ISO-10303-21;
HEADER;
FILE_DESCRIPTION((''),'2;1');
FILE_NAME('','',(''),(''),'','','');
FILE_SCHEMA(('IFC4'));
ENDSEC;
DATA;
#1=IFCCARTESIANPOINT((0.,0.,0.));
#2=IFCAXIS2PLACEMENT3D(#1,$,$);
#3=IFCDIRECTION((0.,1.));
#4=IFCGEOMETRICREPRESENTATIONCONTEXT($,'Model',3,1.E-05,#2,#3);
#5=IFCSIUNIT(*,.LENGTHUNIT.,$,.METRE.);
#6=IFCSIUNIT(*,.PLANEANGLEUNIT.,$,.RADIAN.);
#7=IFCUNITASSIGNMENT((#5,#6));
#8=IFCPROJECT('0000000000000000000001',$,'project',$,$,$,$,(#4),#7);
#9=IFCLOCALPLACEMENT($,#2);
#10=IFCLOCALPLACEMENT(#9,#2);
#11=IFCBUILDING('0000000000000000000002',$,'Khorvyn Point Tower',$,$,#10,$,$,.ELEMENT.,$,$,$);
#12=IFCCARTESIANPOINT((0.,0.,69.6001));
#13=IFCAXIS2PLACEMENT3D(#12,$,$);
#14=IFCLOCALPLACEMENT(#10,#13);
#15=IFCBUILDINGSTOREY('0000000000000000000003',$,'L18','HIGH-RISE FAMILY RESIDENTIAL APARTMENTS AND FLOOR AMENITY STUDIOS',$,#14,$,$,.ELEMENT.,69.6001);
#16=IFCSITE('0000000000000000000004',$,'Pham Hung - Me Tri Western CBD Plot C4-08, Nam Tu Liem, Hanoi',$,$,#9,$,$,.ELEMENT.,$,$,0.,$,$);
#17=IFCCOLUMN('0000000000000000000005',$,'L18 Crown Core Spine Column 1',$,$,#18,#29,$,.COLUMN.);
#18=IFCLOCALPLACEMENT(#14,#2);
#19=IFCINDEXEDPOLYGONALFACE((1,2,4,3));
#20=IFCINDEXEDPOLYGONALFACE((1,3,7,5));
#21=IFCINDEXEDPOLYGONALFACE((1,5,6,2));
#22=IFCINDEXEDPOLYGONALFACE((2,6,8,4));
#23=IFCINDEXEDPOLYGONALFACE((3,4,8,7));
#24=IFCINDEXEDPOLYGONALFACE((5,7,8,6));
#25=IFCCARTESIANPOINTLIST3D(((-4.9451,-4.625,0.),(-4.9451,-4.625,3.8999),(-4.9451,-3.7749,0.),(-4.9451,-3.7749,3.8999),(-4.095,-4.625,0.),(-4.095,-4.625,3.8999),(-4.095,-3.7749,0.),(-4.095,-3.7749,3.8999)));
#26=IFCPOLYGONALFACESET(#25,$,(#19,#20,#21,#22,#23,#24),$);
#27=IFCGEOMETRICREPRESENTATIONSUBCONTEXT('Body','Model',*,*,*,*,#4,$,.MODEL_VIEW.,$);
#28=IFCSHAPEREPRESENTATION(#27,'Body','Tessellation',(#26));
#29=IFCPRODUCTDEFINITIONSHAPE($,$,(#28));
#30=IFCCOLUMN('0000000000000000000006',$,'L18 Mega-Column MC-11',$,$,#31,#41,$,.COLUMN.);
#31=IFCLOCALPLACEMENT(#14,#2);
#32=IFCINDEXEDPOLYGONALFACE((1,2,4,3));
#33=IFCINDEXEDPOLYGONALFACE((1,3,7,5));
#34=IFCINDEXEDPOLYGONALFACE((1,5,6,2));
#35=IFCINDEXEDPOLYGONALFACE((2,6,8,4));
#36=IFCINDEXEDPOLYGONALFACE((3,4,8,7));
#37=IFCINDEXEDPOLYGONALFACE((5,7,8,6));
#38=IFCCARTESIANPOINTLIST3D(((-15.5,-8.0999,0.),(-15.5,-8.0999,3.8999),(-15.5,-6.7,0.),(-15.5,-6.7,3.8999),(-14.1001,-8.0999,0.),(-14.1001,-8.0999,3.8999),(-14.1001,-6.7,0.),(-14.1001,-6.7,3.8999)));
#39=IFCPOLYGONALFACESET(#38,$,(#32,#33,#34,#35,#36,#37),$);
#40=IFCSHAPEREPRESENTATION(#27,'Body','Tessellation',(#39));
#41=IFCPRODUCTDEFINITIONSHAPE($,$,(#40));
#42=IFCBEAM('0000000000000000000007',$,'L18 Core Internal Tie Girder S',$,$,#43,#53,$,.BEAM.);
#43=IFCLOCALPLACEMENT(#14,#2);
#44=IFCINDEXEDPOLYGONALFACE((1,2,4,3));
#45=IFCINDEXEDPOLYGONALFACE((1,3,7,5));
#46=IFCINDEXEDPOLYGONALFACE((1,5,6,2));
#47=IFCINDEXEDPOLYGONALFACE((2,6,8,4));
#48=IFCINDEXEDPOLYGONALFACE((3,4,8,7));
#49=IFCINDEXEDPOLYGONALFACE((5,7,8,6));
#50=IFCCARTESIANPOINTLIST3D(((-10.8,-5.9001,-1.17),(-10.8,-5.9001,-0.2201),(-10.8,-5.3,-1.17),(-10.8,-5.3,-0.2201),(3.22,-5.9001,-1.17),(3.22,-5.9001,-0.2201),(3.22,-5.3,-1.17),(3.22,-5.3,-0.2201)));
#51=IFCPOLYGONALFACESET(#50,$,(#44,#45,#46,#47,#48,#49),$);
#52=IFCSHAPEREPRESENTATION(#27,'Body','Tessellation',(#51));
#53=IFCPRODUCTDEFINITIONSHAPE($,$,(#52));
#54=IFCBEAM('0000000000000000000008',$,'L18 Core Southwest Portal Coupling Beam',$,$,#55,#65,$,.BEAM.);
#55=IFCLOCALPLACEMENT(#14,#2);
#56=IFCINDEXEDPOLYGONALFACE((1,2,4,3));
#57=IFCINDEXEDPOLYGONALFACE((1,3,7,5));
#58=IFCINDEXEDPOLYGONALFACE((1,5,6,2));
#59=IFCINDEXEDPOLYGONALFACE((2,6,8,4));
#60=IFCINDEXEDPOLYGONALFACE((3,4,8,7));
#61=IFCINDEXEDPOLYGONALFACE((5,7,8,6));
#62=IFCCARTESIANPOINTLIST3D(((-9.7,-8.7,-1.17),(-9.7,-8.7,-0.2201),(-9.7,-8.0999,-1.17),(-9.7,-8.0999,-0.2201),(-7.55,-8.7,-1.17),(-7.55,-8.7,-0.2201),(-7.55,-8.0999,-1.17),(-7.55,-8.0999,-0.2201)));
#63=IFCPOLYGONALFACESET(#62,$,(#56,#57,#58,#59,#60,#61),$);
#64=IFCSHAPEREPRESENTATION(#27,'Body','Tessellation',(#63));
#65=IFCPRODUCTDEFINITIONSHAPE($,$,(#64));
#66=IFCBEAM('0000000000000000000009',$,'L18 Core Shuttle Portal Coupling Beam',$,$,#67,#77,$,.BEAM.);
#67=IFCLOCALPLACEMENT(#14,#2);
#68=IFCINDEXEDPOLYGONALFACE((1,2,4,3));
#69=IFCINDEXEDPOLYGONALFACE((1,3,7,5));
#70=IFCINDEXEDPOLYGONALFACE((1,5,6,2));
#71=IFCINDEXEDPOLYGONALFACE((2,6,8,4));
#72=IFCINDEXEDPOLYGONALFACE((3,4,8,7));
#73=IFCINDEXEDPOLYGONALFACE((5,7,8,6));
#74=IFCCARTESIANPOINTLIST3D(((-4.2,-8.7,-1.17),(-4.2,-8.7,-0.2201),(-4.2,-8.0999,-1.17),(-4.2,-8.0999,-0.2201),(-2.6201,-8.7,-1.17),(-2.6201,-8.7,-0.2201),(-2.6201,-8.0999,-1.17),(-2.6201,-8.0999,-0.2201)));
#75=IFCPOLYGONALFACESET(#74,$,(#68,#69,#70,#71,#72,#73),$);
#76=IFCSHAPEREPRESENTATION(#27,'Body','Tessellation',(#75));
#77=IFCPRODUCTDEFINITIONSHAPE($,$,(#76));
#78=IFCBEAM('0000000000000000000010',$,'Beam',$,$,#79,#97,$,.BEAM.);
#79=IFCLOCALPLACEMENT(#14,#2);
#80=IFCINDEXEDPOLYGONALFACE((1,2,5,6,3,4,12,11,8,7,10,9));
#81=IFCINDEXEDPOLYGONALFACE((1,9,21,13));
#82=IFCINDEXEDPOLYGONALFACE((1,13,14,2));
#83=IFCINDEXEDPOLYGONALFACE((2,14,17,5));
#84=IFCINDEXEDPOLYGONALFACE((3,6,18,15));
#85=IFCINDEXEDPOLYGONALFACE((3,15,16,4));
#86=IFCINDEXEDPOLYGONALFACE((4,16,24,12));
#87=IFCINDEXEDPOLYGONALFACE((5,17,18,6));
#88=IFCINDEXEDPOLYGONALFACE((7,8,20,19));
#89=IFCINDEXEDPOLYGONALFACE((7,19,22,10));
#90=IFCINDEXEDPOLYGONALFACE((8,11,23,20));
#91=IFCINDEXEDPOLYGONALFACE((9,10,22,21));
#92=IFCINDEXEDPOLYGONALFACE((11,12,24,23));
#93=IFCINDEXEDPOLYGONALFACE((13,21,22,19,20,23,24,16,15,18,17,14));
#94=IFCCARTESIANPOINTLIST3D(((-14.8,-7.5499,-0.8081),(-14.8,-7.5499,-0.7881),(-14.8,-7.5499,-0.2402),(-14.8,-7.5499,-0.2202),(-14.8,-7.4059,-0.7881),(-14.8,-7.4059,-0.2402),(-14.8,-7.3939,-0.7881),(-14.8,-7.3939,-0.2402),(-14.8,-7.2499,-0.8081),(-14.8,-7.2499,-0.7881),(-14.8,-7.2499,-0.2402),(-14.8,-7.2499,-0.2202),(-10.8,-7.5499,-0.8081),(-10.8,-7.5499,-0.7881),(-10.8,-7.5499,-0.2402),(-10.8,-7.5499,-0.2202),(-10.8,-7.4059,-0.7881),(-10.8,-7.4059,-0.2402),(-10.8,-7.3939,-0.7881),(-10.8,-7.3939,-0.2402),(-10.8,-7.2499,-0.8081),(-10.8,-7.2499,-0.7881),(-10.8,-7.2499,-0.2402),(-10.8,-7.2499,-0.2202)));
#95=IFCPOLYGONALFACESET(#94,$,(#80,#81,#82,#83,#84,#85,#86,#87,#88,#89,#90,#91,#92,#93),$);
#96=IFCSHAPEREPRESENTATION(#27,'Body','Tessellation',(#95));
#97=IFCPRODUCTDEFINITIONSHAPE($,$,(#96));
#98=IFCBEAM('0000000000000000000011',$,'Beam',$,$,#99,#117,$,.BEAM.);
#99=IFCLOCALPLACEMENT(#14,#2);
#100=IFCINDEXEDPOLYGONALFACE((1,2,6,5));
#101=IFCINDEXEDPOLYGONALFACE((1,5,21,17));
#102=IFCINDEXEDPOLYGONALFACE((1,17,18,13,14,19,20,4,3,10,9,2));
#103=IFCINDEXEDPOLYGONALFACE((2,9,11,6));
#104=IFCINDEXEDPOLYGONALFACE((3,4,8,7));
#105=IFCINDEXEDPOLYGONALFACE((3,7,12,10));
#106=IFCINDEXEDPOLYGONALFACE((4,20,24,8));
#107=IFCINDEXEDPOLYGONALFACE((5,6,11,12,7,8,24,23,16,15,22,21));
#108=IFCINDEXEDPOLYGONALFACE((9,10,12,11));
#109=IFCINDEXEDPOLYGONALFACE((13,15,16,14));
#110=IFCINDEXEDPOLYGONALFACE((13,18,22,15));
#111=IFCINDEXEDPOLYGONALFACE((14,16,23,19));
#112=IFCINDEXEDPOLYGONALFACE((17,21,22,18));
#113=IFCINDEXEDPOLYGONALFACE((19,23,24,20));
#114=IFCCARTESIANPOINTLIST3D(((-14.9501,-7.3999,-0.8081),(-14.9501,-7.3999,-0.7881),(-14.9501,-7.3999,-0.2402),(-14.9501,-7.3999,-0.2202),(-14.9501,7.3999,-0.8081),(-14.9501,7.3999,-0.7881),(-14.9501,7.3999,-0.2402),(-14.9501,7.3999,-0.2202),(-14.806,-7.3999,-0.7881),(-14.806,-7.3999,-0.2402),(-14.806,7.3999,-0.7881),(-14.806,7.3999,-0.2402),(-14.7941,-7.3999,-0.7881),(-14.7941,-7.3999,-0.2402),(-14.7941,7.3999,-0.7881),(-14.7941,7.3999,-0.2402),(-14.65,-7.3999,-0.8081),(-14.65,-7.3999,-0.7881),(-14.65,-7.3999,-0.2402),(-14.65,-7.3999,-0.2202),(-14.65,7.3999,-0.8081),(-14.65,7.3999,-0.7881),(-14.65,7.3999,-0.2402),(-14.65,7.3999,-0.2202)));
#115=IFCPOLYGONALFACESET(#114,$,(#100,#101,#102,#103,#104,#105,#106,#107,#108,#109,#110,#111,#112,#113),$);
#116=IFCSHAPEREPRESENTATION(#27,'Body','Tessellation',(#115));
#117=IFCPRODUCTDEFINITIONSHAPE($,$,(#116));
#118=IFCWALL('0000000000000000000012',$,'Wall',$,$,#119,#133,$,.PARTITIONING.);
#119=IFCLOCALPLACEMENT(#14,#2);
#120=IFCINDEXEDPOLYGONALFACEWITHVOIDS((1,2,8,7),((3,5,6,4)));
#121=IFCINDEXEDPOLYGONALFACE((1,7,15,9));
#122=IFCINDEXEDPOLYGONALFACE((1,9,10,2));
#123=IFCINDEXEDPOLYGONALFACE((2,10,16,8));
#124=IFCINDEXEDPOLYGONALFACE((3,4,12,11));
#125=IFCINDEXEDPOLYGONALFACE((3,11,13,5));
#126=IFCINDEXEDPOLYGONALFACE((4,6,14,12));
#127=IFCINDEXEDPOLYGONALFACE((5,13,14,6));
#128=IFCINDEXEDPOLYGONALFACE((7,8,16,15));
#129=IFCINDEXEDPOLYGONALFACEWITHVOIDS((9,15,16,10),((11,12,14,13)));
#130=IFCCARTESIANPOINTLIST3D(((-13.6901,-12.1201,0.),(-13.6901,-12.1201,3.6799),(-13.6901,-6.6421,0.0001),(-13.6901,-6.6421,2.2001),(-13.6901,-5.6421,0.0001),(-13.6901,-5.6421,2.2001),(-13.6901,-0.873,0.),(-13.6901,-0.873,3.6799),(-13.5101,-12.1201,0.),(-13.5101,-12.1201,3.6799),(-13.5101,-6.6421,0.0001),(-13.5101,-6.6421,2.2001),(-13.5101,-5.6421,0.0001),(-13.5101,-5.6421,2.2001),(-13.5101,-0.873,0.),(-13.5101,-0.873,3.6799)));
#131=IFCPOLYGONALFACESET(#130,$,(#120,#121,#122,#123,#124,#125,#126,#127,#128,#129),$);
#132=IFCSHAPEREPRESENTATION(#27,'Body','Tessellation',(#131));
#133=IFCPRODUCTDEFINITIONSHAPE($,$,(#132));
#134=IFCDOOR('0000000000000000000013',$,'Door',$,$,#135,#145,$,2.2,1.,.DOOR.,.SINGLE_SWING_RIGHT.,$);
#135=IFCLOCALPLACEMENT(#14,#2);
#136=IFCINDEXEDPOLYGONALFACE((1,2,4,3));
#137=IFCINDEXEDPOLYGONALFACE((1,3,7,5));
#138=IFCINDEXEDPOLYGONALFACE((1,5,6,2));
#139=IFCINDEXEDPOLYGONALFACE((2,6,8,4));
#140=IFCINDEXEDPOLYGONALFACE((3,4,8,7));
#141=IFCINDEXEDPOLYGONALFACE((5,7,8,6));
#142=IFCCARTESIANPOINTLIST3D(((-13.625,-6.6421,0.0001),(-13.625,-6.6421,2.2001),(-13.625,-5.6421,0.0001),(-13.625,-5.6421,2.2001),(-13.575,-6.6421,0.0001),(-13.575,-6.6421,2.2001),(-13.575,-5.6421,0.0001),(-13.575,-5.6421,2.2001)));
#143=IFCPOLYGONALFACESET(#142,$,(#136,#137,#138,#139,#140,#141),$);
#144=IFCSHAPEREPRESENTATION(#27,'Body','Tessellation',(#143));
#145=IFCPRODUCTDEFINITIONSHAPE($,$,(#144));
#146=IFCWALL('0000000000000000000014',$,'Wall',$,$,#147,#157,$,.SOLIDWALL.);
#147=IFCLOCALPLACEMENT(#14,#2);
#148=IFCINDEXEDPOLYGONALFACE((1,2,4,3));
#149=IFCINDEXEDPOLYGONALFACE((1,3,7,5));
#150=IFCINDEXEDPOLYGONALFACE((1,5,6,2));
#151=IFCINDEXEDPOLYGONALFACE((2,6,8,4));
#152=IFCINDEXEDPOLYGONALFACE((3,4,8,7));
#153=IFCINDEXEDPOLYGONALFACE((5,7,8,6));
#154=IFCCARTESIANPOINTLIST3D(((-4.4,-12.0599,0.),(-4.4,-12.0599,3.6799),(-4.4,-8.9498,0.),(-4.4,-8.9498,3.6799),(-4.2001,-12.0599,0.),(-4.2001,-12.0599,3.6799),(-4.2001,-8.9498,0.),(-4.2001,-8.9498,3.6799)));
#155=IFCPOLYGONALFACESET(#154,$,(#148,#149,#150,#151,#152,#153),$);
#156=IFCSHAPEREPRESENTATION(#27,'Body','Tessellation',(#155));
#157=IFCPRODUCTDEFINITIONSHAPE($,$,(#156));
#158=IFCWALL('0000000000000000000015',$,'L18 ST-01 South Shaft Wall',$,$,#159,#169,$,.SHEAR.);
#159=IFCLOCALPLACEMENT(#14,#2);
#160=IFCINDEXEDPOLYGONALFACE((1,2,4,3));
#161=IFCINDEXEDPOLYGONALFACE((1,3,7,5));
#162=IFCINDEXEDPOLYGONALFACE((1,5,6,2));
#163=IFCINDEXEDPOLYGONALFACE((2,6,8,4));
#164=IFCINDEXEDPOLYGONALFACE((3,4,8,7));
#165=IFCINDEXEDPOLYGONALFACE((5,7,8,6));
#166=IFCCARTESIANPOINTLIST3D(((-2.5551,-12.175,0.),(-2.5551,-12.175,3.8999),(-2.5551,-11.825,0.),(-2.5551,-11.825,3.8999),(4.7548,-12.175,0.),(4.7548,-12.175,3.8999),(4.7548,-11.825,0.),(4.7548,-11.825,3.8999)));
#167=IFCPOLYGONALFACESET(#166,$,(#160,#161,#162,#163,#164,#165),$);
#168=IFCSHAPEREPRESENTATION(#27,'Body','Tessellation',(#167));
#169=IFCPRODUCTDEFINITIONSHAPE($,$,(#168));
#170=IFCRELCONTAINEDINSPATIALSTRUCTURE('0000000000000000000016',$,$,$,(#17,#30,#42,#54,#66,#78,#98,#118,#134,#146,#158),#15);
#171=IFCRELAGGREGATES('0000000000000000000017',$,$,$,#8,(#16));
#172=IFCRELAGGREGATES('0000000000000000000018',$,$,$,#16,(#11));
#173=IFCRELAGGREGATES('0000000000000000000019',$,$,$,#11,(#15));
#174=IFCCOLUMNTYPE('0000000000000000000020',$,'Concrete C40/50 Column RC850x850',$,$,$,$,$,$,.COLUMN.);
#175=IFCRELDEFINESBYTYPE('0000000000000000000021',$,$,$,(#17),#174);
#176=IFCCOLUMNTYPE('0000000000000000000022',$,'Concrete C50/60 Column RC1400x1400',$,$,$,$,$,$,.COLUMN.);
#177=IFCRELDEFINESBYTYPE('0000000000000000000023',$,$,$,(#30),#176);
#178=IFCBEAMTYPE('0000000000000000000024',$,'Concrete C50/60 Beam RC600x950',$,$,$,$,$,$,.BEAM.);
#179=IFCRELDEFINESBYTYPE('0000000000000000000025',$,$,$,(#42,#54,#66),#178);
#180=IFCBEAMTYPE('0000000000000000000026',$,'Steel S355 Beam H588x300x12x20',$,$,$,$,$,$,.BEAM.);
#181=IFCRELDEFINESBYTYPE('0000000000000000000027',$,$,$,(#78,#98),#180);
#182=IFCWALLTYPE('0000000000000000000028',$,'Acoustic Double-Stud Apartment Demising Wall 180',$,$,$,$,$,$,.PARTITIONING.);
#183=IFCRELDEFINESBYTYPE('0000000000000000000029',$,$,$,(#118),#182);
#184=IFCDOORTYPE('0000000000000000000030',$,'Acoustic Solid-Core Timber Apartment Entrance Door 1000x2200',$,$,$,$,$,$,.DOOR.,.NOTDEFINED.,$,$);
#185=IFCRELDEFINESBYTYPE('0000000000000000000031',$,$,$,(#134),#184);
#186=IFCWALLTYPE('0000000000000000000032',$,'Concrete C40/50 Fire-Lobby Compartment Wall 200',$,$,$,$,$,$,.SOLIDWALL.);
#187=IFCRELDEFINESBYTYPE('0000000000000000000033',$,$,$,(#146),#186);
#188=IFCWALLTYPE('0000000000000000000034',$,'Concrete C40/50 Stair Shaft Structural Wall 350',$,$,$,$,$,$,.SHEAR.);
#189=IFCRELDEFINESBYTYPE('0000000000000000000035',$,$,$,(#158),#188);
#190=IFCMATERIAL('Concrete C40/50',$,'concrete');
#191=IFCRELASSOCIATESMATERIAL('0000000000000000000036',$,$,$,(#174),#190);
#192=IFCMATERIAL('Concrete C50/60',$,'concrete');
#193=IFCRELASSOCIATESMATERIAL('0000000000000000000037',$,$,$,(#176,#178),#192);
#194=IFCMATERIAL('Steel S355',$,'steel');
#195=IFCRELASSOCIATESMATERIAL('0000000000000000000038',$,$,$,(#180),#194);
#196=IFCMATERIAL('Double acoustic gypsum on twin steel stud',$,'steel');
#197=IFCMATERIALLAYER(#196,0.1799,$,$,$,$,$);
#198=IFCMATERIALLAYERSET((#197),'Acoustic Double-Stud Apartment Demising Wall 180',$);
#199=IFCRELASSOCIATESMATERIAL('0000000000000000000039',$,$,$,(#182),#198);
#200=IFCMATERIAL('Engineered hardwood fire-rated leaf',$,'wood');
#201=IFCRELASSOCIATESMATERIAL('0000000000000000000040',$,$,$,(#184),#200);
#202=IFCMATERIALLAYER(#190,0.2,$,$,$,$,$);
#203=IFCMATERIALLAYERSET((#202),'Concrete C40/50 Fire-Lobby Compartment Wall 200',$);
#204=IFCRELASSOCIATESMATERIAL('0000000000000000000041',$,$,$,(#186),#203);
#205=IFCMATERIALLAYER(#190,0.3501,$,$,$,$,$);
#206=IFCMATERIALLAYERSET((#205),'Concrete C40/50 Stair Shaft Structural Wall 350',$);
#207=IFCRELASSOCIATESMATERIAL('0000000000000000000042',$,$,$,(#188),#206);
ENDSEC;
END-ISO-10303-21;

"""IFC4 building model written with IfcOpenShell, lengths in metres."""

from ifc_helpers import new_model, si_unit, direction, frame, frame_2d, origin, origin_2d, place, context, subcontext, project, spatial, rectangle, i_section, extrude, material, layer, layer_set, material_profile, profile_set, type_object, element, fill, save


model = new_model("IFC4")

# Units and contexts
model_context = context("Model", 3, precision=1e-05, world=origin(), true_north=direction((0.0, 1.0)))
body_context = subcontext(model_context, "Body", "Model", "MODEL_VIEW")
ifc_project = project(units=[si_unit("LENGTHUNIT", "METRE"), si_unit("PLANEANGLEUNIT", "RADIAN")], contexts=[model_context])

# Site, building, storey
site_placement = place(None, origin())
site = spatial("IfcSite", under=ifc_project, at=site_placement, Name="Pham Hung - Me Tri Western CBD Plot C4-08, Nam Tu Liem, Hanoi", CompositionType="ELEMENT", RefElevation=0.0)
building_placement = place(site_placement, origin())
building = spatial("IfcBuilding", under=site, at=building_placement, Name="Khorvyn Point Tower", CompositionType="ELEMENT")
storey_placement = place(building_placement, frame((0.0, 0.0, 69.6001)))
storey = spatial("IfcBuildingStorey", under=building, at=storey_placement, Name="L18", Description="HIGH-RISE FAMILY RESIDENTIAL APARTMENTS AND FLOOR AMENITY STUDIOS", CompositionType="ELEMENT", Elevation=69.6001)

# Columns
ifc_material_1 = material(Name="Concrete C40/50", Category="concrete")
ifc_material_profile_1 = material_profile(ifc_material_1, rectangle(XDim=0.8501, YDim=0.8501, at=origin_2d()))
ifc_profile_set_1 = profile_set([ifc_material_profile_1], Name="Concrete C40/50 RC850x850")
column_type_1 = type_object("IfcColumnType", Name="Concrete C40/50 Column RC850x850", PredefinedType="COLUMN", material=ifc_profile_set_1)
column_1_placement = place(storey_placement, frame((-4.52, -4.2, 0.0), z_axis=(0.0, 0.0, 1.0), x_axis=(1.0, 0.0, 0.0)))
element("IfcColumn", 1, at=column_1_placement, inside=storey, type_object=column_type_1, Name="L18 Crown Core Spine Column 1", PredefinedType="COLUMN", context=body_context, shape_type="SweptSolid", body=[
    extrude(rectangle(XDim=0.8501, YDim=0.8501, at=origin_2d()), origin(), (0.0, 0.0, 1.0), 3.8999),
])
ifc_material_2 = material(Name="Concrete C50/60", Category="concrete")
ifc_material_profile_2 = material_profile(ifc_material_2, rectangle(XDim=1.3999, YDim=1.3999, at=origin_2d()))
ifc_profile_set_2 = profile_set([ifc_material_profile_2], Name="Concrete C50/60 RC1400x1400")
column_type_2 = type_object("IfcColumnType", Name="Concrete C50/60 Column RC1400x1400", PredefinedType="COLUMN", material=ifc_profile_set_2)
column_2_placement = place(storey_placement, frame((-14.8, -7.3999, 0.0), z_axis=(0.0, 0.0, 1.0), x_axis=(1.0, 0.0, 0.0)))
element("IfcColumn", 2, at=column_2_placement, inside=storey, type_object=column_type_2, Name="L18 Mega-Column MC-11", PredefinedType="COLUMN", context=body_context, shape_type="SweptSolid", body=[
    extrude(rectangle(XDim=1.3999, YDim=1.3999, at=origin_2d()), origin(), (0.0, 0.0, 1.0), 3.8999),
])

# Beams
ifc_material_profile_3 = material_profile(ifc_material_2, rectangle(XDim=0.6001, YDim=0.95, at=origin_2d()))
ifc_profile_set_3 = profile_set([ifc_material_profile_3], Name="Concrete C50/60 RC600x950")
beam_type_1 = type_object("IfcBeamType", Name="Concrete C50/60 Beam RC600x950", PredefinedType="BEAM", material=ifc_profile_set_3)
beam_1_placement = place(storey_placement, frame((-10.8, -5.6001, -0.6951), z_axis=(1.0, 0.0, 0.0), x_axis=(0.0, 1.0, 0.0)))
element("IfcBeam", 3, at=beam_1_placement, inside=storey, type_object=beam_type_1, Name="L18 Core Internal Tie Girder S", PredefinedType="BEAM", context=body_context, shape_type="SweptSolid", body=[
    extrude(rectangle(XDim=0.6001, YDim=0.95, at=origin_2d()), origin(), (0.0, 0.0, 1.0), 14.02),
])
beam_2_placement = place(storey_placement, frame((-9.7, -8.3999, -0.6951), z_axis=(1.0, 0.0, 0.0), x_axis=(0.0, 1.0, 0.0)))
element("IfcBeam", 4, at=beam_2_placement, inside=storey, type_object=beam_type_1, Name="L18 Core Southwest Portal Coupling Beam", PredefinedType="BEAM", context=body_context, shape_type="SweptSolid", body=[
    extrude(rectangle(XDim=0.6001, YDim=0.95, at=origin_2d()), origin(), (0.0, 0.0, 1.0), 2.1499),
])
beam_3_placement = place(storey_placement, frame((-4.2, -8.3999, -0.6951), z_axis=(1.0, 0.0, 0.0), x_axis=(0.0, 1.0, 0.0)))
element("IfcBeam", 5, at=beam_3_placement, inside=storey, type_object=beam_type_1, Name="L18 Core Shuttle Portal Coupling Beam", PredefinedType="BEAM", context=body_context, shape_type="SweptSolid", body=[
    extrude(rectangle(XDim=0.6001, YDim=0.95, at=origin_2d()), origin(), (0.0, 0.0, 1.0), 1.5798),
])
ifc_material_3 = material(Name="Steel S355", Category="steel")
ifc_material_profile_4 = material_profile(ifc_material_3, i_section(OverallWidth=0.3, OverallDepth=0.5879, WebThickness=0.012, FlangeThickness=0.02, at=origin_2d()))
ifc_profile_set_4 = profile_set([ifc_material_profile_4], Name="Steel S355 H588x300x12x20")
beam_type_2 = type_object("IfcBeamType", Name="Steel S355 Beam H588x300x12x20", PredefinedType="BEAM", material=ifc_profile_set_4)
beam_4_placement = place(storey_placement, frame((-14.8, -7.3999, -0.5142), z_axis=(1.0, 0.0, 0.0), x_axis=(0.0, 1.0, 0.0)))
element("IfcBeam", 6, at=beam_4_placement, inside=storey, type_object=beam_type_2, Name="Beam", PredefinedType="BEAM", context=body_context, shape_type="SweptSolid", body=[
    extrude(i_section(OverallWidth=0.3, OverallDepth=0.5879, WebThickness=0.012, FlangeThickness=0.02, at=origin_2d()), origin(), (0.0, 0.0, 1.0), 4.0),
])
beam_5_placement = place(storey_placement, frame((-14.8, -7.3999, -0.5142), z_axis=(0.0, 1.0, 0.0), x_axis=(-1.0, 0.0, 0.0)))
element("IfcBeam", 7, at=beam_5_placement, inside=storey, type_object=beam_type_2, Name="Beam", PredefinedType="BEAM", context=body_context, shape_type="SweptSolid", body=[
    extrude(i_section(OverallWidth=0.3, OverallDepth=0.5879, WebThickness=0.012, FlangeThickness=0.02, at=origin_2d()), origin(), (0.0, 0.0, 1.0), 14.7998),
])

# Wall, opening, door
ifc_material_4 = material(Name="Double acoustic gypsum on twin steel stud", Category="steel")
ifc_layer_1 = layer(ifc_material_4, 0.1799)
ifc_layer_set_1 = layer_set([ifc_layer_1], Name="Acoustic Double-Stud Apartment Demising Wall 180")
wall_type_1 = type_object("IfcWallType", Name="Acoustic Double-Stud Apartment Demising Wall 180", PredefinedType="PARTITIONING", material=ifc_layer_set_1)
wall_1_placement = place(storey_placement, frame((-13.6001, -12.1201, 0.0), z_axis=(0.0, 0.0, 1.0), x_axis=(0.0, 1.0, 0.0)))
wall_1 = element("IfcWall", 8, at=wall_1_placement, inside=storey, type_object=wall_type_1, Name="Wall", PredefinedType="PARTITIONING", context=body_context, shape_type="SweptSolid", body=[
    extrude(rectangle(XDim=11.2471, YDim=0.1799, at=frame_2d((5.6235, 0.0))), origin(), (0.0, 0.0, 1.0), 3.6799),
])
opening_1_placement = place(wall_1_placement, frame((5.478, 0.0, 0.0)))
opening_1 = element("IfcOpeningElement", 9, at=opening_1_placement, cuts=wall_1, PredefinedType="OPENING", context=body_context, shape_type="SweptSolid", body=[
    extrude(rectangle(XDim=1.0, YDim=2.2, at=frame_2d((0.5, 1.1001))), frame((0.0, 0.0999, 0.0), z_axis=(0.0, -1.0, 0.0), x_axis=(1.0, 0.0, 0.0)), (0.0, 0.0, 1.0), 0.2),
])
ifc_material_5 = material(Name="Engineered hardwood fire-rated leaf", Category="wood")
door_type_1 = type_object("IfcDoorType", Name="Acoustic Solid-Core Timber Apartment Entrance Door 1000x2200", OperationType="NOTDEFINED", PredefinedType="DOOR", material=ifc_material_5)
door_1_placement = place(opening_1_placement, origin())
door_1 = element("IfcDoor", 10, at=door_1_placement, inside=storey, type_object=door_type_1, Name="Door", OperationType="SINGLE_SWING_RIGHT", OverallHeight=2.2, OverallWidth=1.0, PredefinedType="DOOR", context=body_context, shape_type="SweptSolid", body=[
    extrude(rectangle(XDim=1.0, YDim=2.2, at=frame_2d((0.5, 1.1001))), frame((0.0, 0.0249, 0.0), z_axis=(0.0, -1.0, 0.0), x_axis=(1.0, 0.0, 0.0)), (0.0, 0.0, 1.0), 0.05),
])
fill(opening_1, door_1)
ifc_layer_2 = layer(ifc_material_1, 0.2)
ifc_layer_set_2 = layer_set([ifc_layer_2], Name="Concrete C40/50 Fire-Lobby Compartment Wall 200")
wall_type_2 = type_object("IfcWallType", Name="Concrete C40/50 Fire-Lobby Compartment Wall 200", PredefinedType="SOLIDWALL", material=ifc_layer_set_2)

# Walls
wall_2_placement = place(storey_placement, frame((-4.3, -12.0601, 0.0), z_axis=(0.0, 0.0, 1.0), x_axis=(0.0, 1.0, 0.0)))
element("IfcWall", 11, at=wall_2_placement, inside=storey, type_object=wall_type_2, Name="Wall", PredefinedType="SOLIDWALL", context=body_context, shape_type="SweptSolid", body=[
    extrude(rectangle(XDim=3.1101, YDim=0.2, at=frame_2d((1.5552, 0.0))), origin(), (0.0, 0.0, 1.0), 3.6799),
])
ifc_layer_3 = layer(ifc_material_1, 0.3501)
ifc_layer_set_3 = layer_set([ifc_layer_3], Name="Concrete C40/50 Stair Shaft Structural Wall 350")
wall_type_3 = type_object("IfcWallType", Name="Concrete C40/50 Stair Shaft Structural Wall 350", PredefinedType="SHEAR", material=ifc_layer_set_3)
wall_3_placement = place(storey_placement, frame((-2.5549, -12.0, 0.0), z_axis=(0.0, 0.0, 1.0), x_axis=(1.0, 0.0, 0.0)))
element("IfcWall", 12, at=wall_3_placement, inside=storey, type_object=wall_type_3, Name="L18 ST-01 South Shaft Wall", PredefinedType="SHEAR", context=body_context, shape_type="SweptSolid", body=[
    extrude(rectangle(XDim=7.3098, YDim=0.3501, at=frame_2d((3.6548, 0.0))), origin(), (0.0, 0.0, 1.0), 3.8999),
])

save(model, "model.ifc")
